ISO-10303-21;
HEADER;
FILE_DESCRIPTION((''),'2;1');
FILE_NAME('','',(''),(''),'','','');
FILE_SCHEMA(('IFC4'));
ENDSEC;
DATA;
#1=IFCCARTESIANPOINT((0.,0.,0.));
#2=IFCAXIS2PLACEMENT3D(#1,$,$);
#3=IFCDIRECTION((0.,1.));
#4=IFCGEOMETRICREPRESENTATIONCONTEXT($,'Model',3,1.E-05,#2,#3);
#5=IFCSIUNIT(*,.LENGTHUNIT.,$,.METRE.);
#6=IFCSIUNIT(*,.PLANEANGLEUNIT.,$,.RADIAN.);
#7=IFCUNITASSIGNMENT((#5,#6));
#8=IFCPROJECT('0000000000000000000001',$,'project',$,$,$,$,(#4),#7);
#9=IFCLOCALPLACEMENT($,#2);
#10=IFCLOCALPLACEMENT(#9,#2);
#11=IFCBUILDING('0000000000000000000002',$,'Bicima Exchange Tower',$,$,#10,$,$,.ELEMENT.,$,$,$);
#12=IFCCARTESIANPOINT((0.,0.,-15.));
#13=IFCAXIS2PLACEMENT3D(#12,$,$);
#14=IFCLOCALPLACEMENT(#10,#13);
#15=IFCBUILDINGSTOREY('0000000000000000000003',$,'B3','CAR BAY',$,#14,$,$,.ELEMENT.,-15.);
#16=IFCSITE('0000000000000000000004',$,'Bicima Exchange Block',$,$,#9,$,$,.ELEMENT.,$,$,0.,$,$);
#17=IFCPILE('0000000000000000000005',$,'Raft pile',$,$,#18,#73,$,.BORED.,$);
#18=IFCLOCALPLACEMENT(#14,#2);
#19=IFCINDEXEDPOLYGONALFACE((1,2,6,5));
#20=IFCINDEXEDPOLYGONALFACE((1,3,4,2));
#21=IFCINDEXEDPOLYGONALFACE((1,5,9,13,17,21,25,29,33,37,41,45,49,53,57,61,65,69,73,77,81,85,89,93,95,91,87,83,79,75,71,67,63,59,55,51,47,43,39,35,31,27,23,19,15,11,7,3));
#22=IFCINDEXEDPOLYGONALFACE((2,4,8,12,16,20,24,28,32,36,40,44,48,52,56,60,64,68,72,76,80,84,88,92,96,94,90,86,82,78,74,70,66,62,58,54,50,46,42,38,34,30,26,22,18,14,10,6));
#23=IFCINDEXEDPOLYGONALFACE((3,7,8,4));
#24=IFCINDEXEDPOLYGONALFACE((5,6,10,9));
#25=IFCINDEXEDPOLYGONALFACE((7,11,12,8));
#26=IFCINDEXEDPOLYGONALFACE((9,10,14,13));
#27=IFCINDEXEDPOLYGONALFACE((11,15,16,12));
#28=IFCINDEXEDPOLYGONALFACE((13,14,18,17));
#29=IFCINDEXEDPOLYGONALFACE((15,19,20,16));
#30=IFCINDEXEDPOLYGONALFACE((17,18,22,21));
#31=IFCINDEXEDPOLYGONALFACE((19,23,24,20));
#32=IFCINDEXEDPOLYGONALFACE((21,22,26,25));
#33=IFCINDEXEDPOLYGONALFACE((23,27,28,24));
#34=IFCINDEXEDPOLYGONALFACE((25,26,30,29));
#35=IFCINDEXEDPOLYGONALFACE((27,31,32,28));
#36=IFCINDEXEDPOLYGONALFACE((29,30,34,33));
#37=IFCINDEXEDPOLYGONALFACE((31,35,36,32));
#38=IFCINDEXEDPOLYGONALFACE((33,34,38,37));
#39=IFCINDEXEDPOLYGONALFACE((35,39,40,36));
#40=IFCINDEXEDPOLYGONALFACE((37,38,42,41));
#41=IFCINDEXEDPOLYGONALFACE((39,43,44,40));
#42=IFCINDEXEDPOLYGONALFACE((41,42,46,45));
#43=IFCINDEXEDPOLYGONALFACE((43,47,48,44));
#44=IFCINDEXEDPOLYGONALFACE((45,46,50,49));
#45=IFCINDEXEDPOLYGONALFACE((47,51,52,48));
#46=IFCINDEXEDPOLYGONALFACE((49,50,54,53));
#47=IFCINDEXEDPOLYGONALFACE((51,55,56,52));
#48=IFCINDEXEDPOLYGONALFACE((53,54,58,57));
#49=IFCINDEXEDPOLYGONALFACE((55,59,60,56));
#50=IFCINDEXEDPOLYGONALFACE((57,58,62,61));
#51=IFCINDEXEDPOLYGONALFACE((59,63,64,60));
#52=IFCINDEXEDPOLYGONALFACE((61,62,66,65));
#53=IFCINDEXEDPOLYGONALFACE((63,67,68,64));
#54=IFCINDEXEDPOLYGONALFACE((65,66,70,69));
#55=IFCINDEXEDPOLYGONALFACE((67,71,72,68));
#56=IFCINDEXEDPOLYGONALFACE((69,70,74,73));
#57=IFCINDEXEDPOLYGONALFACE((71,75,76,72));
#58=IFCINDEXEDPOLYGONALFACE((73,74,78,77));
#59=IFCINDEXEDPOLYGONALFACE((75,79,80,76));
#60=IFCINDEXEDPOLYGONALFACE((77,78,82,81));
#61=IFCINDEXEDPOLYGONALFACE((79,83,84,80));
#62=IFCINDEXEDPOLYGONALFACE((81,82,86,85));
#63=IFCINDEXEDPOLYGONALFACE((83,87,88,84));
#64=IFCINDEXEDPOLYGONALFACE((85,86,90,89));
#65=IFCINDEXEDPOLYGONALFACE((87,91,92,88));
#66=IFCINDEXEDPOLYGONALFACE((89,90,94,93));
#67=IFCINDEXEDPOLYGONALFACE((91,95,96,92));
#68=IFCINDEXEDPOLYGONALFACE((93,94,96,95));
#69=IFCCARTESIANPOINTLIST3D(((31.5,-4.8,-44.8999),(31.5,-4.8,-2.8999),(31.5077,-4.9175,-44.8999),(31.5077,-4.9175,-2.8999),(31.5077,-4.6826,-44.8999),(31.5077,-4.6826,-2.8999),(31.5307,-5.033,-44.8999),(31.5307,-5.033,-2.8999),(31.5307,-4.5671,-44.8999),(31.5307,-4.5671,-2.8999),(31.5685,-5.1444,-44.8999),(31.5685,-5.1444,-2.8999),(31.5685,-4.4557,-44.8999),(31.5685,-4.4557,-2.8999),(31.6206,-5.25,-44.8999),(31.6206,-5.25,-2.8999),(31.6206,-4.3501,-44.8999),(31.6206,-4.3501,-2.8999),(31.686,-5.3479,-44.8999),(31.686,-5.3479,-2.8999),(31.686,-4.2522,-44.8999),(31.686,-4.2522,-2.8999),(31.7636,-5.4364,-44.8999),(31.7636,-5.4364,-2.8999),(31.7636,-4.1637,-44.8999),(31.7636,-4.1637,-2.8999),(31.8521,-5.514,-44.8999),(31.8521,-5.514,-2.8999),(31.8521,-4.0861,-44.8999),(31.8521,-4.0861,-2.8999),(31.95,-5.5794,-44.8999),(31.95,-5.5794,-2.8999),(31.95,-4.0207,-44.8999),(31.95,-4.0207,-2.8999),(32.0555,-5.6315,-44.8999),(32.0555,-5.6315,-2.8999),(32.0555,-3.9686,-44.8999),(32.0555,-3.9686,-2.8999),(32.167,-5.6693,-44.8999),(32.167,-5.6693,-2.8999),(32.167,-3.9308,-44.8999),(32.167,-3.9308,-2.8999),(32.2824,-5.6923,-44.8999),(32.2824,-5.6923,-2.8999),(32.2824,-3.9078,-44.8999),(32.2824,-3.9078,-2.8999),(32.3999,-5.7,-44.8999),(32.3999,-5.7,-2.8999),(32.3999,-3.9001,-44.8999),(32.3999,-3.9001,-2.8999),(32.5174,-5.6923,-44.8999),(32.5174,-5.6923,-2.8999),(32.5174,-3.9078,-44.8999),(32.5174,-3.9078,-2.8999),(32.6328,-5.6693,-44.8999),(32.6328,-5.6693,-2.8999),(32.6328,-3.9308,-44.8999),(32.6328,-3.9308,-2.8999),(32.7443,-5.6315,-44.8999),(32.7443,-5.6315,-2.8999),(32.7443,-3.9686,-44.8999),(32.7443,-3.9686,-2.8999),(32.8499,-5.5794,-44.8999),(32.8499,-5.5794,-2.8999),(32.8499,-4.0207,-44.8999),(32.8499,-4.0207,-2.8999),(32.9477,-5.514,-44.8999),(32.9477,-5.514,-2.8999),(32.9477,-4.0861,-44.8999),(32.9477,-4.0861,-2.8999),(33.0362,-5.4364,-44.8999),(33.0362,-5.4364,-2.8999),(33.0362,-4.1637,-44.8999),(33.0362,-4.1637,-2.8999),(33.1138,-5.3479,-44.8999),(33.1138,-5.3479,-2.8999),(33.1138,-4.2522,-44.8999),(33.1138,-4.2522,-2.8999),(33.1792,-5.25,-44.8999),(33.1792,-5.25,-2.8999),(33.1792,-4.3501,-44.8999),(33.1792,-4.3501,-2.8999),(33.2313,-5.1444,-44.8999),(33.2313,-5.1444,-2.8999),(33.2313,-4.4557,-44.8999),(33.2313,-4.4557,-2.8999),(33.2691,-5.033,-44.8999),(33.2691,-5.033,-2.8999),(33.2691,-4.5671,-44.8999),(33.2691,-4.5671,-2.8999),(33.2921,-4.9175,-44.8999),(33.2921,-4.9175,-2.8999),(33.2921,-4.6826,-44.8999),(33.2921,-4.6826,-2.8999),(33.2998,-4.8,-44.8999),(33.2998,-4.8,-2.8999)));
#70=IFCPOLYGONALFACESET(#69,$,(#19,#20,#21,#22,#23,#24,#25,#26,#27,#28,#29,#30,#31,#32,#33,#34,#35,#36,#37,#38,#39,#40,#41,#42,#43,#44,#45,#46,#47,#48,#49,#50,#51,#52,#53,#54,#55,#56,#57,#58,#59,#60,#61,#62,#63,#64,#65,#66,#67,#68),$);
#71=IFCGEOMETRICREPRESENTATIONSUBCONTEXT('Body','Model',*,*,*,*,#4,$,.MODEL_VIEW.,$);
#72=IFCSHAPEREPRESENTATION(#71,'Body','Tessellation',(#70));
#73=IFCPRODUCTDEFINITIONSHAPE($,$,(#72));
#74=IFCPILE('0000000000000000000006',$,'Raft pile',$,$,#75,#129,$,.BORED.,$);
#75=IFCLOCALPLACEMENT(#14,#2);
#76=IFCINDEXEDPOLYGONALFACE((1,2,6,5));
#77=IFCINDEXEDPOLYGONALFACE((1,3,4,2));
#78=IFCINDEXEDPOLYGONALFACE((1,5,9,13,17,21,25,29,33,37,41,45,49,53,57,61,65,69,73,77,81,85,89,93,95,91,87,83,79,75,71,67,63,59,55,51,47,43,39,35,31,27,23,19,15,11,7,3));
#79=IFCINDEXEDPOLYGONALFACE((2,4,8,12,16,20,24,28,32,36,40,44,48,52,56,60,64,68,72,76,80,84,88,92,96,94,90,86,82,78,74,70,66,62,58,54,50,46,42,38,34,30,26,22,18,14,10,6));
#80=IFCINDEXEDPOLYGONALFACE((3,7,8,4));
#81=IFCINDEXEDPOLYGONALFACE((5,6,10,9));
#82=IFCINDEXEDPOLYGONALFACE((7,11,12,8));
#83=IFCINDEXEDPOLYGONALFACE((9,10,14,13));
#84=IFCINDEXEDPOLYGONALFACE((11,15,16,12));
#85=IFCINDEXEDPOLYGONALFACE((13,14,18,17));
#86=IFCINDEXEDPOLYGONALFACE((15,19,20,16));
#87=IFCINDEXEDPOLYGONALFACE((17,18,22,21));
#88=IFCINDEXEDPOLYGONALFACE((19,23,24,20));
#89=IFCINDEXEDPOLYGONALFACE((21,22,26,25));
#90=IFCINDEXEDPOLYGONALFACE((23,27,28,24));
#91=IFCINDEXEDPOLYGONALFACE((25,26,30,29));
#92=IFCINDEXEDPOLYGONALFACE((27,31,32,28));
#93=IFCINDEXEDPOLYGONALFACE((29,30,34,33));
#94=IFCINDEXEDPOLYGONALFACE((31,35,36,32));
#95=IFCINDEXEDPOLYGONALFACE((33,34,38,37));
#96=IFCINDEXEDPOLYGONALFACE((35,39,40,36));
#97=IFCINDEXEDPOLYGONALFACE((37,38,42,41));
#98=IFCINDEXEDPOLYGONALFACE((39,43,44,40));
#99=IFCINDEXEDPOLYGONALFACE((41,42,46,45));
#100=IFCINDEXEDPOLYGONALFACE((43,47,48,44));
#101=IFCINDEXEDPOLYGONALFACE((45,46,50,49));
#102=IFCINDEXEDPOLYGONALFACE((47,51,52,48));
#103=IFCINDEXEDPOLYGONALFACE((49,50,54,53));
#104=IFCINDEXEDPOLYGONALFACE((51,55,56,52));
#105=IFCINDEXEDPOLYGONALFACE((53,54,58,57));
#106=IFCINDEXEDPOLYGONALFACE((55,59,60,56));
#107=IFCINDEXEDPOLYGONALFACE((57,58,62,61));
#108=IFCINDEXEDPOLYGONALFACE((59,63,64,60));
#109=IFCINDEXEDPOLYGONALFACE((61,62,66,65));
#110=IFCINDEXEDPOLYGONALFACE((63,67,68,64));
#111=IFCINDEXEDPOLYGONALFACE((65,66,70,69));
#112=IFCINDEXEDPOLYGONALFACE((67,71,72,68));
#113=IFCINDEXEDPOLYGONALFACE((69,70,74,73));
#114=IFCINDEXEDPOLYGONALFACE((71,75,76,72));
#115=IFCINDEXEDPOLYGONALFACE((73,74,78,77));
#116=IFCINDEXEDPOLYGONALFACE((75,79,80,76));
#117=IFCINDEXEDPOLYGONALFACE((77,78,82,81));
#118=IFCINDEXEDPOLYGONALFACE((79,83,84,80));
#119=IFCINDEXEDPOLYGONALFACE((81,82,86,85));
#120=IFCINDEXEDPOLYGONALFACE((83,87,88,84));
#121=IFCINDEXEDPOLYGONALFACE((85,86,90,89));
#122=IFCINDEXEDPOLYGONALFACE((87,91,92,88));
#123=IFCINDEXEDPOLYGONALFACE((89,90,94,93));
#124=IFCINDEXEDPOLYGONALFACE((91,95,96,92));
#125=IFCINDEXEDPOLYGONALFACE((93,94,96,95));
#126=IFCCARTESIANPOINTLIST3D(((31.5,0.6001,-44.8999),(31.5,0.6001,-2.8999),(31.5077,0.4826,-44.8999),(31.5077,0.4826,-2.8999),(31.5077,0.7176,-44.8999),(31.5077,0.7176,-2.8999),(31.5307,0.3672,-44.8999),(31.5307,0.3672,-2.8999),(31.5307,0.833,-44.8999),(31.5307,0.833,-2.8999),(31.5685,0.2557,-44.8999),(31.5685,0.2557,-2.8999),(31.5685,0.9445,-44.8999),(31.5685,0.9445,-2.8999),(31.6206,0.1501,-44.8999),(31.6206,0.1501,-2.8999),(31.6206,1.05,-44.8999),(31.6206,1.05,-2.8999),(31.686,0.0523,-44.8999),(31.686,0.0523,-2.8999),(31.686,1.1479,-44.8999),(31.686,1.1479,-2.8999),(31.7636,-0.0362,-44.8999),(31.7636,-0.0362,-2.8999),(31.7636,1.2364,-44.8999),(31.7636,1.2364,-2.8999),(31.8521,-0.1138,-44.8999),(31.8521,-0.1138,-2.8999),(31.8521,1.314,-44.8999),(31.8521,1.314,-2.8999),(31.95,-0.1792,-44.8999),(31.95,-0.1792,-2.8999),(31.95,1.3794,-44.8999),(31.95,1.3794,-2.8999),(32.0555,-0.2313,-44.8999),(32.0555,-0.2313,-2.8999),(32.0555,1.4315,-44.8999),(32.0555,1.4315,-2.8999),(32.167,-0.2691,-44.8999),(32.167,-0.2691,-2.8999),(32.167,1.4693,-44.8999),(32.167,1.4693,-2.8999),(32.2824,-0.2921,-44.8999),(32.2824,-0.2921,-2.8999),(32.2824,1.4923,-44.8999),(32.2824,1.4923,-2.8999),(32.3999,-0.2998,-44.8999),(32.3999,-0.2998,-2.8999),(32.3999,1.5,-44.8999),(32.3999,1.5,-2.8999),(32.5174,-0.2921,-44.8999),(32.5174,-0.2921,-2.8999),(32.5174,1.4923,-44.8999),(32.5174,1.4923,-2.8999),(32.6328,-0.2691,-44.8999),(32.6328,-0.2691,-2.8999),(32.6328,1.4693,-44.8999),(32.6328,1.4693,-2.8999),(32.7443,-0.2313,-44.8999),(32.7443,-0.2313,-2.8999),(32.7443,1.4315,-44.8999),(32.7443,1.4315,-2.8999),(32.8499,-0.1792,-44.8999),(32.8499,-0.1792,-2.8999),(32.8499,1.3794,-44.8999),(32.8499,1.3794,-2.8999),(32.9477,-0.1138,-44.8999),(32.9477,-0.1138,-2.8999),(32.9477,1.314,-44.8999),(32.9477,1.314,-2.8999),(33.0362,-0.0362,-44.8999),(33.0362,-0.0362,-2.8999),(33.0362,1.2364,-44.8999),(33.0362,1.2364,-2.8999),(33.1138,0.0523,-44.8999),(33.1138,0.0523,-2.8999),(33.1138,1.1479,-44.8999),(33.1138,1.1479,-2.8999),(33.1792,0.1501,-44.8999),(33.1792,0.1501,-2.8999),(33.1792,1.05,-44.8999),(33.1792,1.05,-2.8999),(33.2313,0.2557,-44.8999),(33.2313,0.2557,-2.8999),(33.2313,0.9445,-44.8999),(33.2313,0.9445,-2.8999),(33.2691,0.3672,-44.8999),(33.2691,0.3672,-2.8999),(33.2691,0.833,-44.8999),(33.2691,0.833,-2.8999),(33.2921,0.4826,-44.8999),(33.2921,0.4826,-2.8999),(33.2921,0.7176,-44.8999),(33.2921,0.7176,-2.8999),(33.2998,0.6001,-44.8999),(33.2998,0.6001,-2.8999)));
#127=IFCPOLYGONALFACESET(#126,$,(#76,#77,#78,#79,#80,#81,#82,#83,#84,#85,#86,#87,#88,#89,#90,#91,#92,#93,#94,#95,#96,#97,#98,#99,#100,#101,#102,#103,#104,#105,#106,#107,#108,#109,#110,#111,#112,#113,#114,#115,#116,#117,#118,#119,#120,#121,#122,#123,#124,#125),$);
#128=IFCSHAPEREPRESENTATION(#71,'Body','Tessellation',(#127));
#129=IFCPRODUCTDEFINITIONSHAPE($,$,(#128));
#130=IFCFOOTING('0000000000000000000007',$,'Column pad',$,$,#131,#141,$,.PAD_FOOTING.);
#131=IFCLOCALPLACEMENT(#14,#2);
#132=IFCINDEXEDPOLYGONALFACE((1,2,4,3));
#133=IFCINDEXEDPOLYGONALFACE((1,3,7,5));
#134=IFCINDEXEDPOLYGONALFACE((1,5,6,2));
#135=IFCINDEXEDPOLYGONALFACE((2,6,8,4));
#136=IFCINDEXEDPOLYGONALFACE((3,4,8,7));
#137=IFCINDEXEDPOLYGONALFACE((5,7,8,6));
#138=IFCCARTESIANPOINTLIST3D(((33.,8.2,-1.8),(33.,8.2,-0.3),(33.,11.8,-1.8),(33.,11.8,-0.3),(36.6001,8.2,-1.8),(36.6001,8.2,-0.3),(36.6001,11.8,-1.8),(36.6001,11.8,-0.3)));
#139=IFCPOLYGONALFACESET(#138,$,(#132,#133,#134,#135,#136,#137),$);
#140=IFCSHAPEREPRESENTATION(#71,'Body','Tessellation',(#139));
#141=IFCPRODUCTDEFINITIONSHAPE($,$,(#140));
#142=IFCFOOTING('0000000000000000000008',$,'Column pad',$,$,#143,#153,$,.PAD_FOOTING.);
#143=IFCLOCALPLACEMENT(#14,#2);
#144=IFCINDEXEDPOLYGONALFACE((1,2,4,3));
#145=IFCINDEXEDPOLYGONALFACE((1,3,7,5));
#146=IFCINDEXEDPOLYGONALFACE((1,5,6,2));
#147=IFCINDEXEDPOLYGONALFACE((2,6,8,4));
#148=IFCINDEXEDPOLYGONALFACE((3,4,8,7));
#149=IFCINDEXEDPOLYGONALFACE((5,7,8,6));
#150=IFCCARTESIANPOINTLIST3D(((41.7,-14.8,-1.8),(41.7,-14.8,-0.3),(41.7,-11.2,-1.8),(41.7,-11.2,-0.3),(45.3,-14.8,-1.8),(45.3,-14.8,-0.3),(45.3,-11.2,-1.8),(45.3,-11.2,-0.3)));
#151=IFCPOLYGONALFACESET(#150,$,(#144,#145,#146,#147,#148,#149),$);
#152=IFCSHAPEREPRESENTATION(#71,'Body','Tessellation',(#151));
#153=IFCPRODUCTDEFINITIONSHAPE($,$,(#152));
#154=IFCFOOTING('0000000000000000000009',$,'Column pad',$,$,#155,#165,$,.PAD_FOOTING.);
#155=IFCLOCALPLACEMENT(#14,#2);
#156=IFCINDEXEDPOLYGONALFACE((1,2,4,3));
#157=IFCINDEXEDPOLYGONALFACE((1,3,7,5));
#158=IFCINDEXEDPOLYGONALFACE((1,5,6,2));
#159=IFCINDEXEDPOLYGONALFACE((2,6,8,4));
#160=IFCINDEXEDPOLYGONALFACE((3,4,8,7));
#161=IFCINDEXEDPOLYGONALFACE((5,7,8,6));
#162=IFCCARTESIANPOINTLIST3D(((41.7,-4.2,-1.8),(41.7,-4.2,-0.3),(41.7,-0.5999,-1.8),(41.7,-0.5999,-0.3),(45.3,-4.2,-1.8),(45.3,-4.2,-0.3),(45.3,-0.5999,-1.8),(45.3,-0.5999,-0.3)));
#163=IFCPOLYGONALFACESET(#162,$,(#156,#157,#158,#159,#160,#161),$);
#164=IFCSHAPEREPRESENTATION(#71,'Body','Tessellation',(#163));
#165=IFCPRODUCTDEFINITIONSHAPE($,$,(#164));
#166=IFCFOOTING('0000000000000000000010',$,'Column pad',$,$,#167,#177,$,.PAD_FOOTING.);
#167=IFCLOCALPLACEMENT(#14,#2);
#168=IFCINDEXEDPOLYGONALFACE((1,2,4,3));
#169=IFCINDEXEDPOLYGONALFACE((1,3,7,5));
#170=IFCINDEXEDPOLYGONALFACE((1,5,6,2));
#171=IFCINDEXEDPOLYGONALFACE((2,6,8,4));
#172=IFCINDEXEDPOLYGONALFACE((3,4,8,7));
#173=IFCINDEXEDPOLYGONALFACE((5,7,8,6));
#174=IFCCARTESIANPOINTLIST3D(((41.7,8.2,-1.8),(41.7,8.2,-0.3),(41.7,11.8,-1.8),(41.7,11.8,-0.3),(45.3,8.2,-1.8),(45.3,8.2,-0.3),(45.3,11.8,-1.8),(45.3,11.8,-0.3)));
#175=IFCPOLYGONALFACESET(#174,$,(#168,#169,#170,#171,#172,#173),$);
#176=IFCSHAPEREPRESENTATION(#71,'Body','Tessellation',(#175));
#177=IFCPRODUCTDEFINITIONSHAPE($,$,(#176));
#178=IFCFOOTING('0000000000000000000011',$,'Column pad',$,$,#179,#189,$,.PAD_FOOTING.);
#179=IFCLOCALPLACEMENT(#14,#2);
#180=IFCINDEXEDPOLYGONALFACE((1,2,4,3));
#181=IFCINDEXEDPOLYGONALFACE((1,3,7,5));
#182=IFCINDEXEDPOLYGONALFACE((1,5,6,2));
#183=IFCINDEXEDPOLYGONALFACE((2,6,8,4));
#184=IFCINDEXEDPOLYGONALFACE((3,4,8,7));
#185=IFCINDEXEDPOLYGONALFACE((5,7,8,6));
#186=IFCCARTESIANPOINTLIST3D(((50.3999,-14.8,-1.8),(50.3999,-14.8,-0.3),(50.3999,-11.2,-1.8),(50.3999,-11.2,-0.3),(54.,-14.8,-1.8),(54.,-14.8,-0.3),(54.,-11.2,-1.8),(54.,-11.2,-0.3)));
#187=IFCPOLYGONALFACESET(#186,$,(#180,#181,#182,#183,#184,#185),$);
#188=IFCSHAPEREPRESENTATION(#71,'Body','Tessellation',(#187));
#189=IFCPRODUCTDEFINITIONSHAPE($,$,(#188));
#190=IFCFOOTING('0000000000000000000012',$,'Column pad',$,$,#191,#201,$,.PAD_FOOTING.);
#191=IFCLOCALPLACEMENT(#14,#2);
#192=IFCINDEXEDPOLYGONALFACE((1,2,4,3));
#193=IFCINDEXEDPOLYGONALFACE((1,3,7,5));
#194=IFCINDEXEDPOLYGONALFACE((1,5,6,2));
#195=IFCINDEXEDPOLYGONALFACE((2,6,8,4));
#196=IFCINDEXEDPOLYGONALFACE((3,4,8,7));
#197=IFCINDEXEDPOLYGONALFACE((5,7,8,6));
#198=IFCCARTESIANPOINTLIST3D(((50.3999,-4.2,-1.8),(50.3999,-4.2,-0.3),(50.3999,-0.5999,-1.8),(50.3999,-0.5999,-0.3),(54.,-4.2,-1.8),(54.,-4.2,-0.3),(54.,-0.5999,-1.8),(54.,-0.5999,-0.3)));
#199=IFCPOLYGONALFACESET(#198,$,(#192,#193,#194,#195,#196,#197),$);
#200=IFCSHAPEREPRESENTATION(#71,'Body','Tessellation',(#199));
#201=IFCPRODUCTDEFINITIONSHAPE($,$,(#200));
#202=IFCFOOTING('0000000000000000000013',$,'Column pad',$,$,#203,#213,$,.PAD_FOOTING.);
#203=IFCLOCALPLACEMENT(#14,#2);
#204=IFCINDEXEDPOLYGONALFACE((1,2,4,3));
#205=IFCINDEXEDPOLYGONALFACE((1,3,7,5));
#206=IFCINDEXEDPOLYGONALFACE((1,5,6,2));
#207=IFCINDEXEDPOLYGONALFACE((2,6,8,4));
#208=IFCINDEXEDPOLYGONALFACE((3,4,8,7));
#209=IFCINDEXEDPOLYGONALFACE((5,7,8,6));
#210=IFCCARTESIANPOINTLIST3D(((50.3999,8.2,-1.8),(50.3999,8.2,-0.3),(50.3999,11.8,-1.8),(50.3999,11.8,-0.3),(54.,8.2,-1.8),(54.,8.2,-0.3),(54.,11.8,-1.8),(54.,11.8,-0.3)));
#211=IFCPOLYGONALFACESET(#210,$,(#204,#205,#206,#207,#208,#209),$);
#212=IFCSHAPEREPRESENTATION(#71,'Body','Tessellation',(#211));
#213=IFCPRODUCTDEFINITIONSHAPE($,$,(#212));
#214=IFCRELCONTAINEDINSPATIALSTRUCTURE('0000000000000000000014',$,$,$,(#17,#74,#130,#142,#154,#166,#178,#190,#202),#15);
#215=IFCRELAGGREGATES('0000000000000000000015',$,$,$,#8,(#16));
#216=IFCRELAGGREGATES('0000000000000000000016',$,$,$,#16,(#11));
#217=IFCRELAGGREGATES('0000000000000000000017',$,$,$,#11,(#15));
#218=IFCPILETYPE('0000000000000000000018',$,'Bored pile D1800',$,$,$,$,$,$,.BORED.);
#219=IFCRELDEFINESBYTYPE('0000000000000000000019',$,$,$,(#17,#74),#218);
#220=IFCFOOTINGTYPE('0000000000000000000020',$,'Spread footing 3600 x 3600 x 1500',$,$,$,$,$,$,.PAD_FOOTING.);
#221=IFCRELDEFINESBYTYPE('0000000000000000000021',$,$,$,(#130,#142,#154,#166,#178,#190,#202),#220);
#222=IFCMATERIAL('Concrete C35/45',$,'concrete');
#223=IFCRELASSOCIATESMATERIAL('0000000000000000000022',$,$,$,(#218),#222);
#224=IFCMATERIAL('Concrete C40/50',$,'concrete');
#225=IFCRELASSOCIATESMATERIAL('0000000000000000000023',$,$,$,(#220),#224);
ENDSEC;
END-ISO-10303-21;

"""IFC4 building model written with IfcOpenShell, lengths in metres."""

from ifc_helpers import new_model, si_unit, direction, frame, origin, origin_2d, place, context, subcontext, project, spatial, rectangle, circle, extrude, material, material_profile, profile_set, type_object, element, save


model = new_model("IFC4")

# Units and contexts
model_context = context("Model", 3, precision=1e-05, world=origin(), true_north=direction((0.0, 1.0)))
body_context = subcontext(model_context, "Body", "Model", "MODEL_VIEW")
ifc_project = project(units=[si_unit("LENGTHUNIT", "METRE"), si_unit("PLANEANGLEUNIT", "RADIAN")], contexts=[model_context])

# Site, building, storey
site_placement = place(None, origin())
site = spatial("IfcSite", under=ifc_project, at=site_placement, Name="Bicima Exchange Block", CompositionType="ELEMENT", RefElevation=0.0)
building_placement = place(site_placement, origin())
building = spatial("IfcBuilding", under=site, at=building_placement, Name="Bicima Exchange Tower", CompositionType="ELEMENT")
storey_placement = place(building_placement, frame((0.0, 0.0, -15.0)))
storey = spatial("IfcBuildingStorey", under=building, at=storey_placement, Name="B3", Description="CAR BAY", CompositionType="ELEMENT", Elevation=-15.0)

# Piles
ifc_material_1 = material(Name="Concrete C35/45", Category="concrete")
ifc_material_profile_1 = material_profile(ifc_material_1, circle(Radius=0.8999, at=origin_2d()))
ifc_profile_set_1 = profile_set([ifc_material_profile_1], Name="Concrete C35/45")
pile_type = type_object("IfcPileType", Name="Bored pile D1800", PredefinedType="BORED", material=ifc_profile_set_1)
for number, where, z_axis, x_axis, name in (
    (1, (32.3999, -4.8, -2.8999), (0.0, 0.0, -1.0), (1.0, 0.0, 0.0), "Raft pile"),
    (2, (32.3999, 0.6001, -2.8999), (0.0, 0.0, -1.0), (1.0, 0.0, 0.0), "Raft pile"),
):
    element("IfcPile", number, at=place(storey_placement, frame(where, z_axis=z_axis, x_axis=x_axis)), inside=storey, type_object=pile_type, Name=name, PredefinedType="BORED", context=body_context, shape_type="SweptSolid", body=[
        extrude(circle(Radius=0.8999, at=origin_2d()), origin(), (0.0, 0.0, 1.0), 42.0),
    ])

# Footings
ifc_material_2 = material(Name="Concrete C40/50", Category="concrete")
footing_type = type_object("IfcFootingType", Name="Spread footing 3600 x 3600 x 1500", PredefinedType="PAD_FOOTING", material=ifc_material_2)
for number, where, z_axis, x_axis, name in (
    (3, (34.8, 10.0, -1.8), (0.0, 0.0, 1.0), (1.0, 0.0, 0.0), "Column pad"),
    (4, (43.5, -13.0, -1.8), (0.0, 0.0, 1.0), (1.0, 0.0, 0.0), "Column pad"),
    (5, (43.5, -2.3999, -1.8), (0.0, 0.0, 1.0), (1.0, 0.0, 0.0), "Column pad"),
    (6, (43.5, 10.0, -1.8), (0.0, 0.0, 1.0), (1.0, 0.0, 0.0), "Column pad"),
    (7, (52.2, -13.0, -1.8), (0.0, 0.0, 1.0), (1.0, 0.0, 0.0), "Column pad"),
    (8, (52.2, -2.3999, -1.8), (0.0, 0.0, 1.0), (1.0, 0.0, 0.0), "Column pad"),
    (9, (52.2, 10.0, -1.8), (0.0, 0.0, 1.0), (1.0, 0.0, 0.0), "Column pad"),
):
    element("IfcFooting", number, at=place(storey_placement, frame(where, z_axis=z_axis, x_axis=x_axis)), inside=storey, type_object=footing_type, Name=name, PredefinedType="PAD_FOOTING", context=body_context, shape_type="SweptSolid", body=[
        extrude(rectangle(XDim=3.6001, YDim=3.6001, at=origin_2d()), origin(), (0.0, 0.0, 1.0), 1.5),
    ])

save(model, "model.ifc")
